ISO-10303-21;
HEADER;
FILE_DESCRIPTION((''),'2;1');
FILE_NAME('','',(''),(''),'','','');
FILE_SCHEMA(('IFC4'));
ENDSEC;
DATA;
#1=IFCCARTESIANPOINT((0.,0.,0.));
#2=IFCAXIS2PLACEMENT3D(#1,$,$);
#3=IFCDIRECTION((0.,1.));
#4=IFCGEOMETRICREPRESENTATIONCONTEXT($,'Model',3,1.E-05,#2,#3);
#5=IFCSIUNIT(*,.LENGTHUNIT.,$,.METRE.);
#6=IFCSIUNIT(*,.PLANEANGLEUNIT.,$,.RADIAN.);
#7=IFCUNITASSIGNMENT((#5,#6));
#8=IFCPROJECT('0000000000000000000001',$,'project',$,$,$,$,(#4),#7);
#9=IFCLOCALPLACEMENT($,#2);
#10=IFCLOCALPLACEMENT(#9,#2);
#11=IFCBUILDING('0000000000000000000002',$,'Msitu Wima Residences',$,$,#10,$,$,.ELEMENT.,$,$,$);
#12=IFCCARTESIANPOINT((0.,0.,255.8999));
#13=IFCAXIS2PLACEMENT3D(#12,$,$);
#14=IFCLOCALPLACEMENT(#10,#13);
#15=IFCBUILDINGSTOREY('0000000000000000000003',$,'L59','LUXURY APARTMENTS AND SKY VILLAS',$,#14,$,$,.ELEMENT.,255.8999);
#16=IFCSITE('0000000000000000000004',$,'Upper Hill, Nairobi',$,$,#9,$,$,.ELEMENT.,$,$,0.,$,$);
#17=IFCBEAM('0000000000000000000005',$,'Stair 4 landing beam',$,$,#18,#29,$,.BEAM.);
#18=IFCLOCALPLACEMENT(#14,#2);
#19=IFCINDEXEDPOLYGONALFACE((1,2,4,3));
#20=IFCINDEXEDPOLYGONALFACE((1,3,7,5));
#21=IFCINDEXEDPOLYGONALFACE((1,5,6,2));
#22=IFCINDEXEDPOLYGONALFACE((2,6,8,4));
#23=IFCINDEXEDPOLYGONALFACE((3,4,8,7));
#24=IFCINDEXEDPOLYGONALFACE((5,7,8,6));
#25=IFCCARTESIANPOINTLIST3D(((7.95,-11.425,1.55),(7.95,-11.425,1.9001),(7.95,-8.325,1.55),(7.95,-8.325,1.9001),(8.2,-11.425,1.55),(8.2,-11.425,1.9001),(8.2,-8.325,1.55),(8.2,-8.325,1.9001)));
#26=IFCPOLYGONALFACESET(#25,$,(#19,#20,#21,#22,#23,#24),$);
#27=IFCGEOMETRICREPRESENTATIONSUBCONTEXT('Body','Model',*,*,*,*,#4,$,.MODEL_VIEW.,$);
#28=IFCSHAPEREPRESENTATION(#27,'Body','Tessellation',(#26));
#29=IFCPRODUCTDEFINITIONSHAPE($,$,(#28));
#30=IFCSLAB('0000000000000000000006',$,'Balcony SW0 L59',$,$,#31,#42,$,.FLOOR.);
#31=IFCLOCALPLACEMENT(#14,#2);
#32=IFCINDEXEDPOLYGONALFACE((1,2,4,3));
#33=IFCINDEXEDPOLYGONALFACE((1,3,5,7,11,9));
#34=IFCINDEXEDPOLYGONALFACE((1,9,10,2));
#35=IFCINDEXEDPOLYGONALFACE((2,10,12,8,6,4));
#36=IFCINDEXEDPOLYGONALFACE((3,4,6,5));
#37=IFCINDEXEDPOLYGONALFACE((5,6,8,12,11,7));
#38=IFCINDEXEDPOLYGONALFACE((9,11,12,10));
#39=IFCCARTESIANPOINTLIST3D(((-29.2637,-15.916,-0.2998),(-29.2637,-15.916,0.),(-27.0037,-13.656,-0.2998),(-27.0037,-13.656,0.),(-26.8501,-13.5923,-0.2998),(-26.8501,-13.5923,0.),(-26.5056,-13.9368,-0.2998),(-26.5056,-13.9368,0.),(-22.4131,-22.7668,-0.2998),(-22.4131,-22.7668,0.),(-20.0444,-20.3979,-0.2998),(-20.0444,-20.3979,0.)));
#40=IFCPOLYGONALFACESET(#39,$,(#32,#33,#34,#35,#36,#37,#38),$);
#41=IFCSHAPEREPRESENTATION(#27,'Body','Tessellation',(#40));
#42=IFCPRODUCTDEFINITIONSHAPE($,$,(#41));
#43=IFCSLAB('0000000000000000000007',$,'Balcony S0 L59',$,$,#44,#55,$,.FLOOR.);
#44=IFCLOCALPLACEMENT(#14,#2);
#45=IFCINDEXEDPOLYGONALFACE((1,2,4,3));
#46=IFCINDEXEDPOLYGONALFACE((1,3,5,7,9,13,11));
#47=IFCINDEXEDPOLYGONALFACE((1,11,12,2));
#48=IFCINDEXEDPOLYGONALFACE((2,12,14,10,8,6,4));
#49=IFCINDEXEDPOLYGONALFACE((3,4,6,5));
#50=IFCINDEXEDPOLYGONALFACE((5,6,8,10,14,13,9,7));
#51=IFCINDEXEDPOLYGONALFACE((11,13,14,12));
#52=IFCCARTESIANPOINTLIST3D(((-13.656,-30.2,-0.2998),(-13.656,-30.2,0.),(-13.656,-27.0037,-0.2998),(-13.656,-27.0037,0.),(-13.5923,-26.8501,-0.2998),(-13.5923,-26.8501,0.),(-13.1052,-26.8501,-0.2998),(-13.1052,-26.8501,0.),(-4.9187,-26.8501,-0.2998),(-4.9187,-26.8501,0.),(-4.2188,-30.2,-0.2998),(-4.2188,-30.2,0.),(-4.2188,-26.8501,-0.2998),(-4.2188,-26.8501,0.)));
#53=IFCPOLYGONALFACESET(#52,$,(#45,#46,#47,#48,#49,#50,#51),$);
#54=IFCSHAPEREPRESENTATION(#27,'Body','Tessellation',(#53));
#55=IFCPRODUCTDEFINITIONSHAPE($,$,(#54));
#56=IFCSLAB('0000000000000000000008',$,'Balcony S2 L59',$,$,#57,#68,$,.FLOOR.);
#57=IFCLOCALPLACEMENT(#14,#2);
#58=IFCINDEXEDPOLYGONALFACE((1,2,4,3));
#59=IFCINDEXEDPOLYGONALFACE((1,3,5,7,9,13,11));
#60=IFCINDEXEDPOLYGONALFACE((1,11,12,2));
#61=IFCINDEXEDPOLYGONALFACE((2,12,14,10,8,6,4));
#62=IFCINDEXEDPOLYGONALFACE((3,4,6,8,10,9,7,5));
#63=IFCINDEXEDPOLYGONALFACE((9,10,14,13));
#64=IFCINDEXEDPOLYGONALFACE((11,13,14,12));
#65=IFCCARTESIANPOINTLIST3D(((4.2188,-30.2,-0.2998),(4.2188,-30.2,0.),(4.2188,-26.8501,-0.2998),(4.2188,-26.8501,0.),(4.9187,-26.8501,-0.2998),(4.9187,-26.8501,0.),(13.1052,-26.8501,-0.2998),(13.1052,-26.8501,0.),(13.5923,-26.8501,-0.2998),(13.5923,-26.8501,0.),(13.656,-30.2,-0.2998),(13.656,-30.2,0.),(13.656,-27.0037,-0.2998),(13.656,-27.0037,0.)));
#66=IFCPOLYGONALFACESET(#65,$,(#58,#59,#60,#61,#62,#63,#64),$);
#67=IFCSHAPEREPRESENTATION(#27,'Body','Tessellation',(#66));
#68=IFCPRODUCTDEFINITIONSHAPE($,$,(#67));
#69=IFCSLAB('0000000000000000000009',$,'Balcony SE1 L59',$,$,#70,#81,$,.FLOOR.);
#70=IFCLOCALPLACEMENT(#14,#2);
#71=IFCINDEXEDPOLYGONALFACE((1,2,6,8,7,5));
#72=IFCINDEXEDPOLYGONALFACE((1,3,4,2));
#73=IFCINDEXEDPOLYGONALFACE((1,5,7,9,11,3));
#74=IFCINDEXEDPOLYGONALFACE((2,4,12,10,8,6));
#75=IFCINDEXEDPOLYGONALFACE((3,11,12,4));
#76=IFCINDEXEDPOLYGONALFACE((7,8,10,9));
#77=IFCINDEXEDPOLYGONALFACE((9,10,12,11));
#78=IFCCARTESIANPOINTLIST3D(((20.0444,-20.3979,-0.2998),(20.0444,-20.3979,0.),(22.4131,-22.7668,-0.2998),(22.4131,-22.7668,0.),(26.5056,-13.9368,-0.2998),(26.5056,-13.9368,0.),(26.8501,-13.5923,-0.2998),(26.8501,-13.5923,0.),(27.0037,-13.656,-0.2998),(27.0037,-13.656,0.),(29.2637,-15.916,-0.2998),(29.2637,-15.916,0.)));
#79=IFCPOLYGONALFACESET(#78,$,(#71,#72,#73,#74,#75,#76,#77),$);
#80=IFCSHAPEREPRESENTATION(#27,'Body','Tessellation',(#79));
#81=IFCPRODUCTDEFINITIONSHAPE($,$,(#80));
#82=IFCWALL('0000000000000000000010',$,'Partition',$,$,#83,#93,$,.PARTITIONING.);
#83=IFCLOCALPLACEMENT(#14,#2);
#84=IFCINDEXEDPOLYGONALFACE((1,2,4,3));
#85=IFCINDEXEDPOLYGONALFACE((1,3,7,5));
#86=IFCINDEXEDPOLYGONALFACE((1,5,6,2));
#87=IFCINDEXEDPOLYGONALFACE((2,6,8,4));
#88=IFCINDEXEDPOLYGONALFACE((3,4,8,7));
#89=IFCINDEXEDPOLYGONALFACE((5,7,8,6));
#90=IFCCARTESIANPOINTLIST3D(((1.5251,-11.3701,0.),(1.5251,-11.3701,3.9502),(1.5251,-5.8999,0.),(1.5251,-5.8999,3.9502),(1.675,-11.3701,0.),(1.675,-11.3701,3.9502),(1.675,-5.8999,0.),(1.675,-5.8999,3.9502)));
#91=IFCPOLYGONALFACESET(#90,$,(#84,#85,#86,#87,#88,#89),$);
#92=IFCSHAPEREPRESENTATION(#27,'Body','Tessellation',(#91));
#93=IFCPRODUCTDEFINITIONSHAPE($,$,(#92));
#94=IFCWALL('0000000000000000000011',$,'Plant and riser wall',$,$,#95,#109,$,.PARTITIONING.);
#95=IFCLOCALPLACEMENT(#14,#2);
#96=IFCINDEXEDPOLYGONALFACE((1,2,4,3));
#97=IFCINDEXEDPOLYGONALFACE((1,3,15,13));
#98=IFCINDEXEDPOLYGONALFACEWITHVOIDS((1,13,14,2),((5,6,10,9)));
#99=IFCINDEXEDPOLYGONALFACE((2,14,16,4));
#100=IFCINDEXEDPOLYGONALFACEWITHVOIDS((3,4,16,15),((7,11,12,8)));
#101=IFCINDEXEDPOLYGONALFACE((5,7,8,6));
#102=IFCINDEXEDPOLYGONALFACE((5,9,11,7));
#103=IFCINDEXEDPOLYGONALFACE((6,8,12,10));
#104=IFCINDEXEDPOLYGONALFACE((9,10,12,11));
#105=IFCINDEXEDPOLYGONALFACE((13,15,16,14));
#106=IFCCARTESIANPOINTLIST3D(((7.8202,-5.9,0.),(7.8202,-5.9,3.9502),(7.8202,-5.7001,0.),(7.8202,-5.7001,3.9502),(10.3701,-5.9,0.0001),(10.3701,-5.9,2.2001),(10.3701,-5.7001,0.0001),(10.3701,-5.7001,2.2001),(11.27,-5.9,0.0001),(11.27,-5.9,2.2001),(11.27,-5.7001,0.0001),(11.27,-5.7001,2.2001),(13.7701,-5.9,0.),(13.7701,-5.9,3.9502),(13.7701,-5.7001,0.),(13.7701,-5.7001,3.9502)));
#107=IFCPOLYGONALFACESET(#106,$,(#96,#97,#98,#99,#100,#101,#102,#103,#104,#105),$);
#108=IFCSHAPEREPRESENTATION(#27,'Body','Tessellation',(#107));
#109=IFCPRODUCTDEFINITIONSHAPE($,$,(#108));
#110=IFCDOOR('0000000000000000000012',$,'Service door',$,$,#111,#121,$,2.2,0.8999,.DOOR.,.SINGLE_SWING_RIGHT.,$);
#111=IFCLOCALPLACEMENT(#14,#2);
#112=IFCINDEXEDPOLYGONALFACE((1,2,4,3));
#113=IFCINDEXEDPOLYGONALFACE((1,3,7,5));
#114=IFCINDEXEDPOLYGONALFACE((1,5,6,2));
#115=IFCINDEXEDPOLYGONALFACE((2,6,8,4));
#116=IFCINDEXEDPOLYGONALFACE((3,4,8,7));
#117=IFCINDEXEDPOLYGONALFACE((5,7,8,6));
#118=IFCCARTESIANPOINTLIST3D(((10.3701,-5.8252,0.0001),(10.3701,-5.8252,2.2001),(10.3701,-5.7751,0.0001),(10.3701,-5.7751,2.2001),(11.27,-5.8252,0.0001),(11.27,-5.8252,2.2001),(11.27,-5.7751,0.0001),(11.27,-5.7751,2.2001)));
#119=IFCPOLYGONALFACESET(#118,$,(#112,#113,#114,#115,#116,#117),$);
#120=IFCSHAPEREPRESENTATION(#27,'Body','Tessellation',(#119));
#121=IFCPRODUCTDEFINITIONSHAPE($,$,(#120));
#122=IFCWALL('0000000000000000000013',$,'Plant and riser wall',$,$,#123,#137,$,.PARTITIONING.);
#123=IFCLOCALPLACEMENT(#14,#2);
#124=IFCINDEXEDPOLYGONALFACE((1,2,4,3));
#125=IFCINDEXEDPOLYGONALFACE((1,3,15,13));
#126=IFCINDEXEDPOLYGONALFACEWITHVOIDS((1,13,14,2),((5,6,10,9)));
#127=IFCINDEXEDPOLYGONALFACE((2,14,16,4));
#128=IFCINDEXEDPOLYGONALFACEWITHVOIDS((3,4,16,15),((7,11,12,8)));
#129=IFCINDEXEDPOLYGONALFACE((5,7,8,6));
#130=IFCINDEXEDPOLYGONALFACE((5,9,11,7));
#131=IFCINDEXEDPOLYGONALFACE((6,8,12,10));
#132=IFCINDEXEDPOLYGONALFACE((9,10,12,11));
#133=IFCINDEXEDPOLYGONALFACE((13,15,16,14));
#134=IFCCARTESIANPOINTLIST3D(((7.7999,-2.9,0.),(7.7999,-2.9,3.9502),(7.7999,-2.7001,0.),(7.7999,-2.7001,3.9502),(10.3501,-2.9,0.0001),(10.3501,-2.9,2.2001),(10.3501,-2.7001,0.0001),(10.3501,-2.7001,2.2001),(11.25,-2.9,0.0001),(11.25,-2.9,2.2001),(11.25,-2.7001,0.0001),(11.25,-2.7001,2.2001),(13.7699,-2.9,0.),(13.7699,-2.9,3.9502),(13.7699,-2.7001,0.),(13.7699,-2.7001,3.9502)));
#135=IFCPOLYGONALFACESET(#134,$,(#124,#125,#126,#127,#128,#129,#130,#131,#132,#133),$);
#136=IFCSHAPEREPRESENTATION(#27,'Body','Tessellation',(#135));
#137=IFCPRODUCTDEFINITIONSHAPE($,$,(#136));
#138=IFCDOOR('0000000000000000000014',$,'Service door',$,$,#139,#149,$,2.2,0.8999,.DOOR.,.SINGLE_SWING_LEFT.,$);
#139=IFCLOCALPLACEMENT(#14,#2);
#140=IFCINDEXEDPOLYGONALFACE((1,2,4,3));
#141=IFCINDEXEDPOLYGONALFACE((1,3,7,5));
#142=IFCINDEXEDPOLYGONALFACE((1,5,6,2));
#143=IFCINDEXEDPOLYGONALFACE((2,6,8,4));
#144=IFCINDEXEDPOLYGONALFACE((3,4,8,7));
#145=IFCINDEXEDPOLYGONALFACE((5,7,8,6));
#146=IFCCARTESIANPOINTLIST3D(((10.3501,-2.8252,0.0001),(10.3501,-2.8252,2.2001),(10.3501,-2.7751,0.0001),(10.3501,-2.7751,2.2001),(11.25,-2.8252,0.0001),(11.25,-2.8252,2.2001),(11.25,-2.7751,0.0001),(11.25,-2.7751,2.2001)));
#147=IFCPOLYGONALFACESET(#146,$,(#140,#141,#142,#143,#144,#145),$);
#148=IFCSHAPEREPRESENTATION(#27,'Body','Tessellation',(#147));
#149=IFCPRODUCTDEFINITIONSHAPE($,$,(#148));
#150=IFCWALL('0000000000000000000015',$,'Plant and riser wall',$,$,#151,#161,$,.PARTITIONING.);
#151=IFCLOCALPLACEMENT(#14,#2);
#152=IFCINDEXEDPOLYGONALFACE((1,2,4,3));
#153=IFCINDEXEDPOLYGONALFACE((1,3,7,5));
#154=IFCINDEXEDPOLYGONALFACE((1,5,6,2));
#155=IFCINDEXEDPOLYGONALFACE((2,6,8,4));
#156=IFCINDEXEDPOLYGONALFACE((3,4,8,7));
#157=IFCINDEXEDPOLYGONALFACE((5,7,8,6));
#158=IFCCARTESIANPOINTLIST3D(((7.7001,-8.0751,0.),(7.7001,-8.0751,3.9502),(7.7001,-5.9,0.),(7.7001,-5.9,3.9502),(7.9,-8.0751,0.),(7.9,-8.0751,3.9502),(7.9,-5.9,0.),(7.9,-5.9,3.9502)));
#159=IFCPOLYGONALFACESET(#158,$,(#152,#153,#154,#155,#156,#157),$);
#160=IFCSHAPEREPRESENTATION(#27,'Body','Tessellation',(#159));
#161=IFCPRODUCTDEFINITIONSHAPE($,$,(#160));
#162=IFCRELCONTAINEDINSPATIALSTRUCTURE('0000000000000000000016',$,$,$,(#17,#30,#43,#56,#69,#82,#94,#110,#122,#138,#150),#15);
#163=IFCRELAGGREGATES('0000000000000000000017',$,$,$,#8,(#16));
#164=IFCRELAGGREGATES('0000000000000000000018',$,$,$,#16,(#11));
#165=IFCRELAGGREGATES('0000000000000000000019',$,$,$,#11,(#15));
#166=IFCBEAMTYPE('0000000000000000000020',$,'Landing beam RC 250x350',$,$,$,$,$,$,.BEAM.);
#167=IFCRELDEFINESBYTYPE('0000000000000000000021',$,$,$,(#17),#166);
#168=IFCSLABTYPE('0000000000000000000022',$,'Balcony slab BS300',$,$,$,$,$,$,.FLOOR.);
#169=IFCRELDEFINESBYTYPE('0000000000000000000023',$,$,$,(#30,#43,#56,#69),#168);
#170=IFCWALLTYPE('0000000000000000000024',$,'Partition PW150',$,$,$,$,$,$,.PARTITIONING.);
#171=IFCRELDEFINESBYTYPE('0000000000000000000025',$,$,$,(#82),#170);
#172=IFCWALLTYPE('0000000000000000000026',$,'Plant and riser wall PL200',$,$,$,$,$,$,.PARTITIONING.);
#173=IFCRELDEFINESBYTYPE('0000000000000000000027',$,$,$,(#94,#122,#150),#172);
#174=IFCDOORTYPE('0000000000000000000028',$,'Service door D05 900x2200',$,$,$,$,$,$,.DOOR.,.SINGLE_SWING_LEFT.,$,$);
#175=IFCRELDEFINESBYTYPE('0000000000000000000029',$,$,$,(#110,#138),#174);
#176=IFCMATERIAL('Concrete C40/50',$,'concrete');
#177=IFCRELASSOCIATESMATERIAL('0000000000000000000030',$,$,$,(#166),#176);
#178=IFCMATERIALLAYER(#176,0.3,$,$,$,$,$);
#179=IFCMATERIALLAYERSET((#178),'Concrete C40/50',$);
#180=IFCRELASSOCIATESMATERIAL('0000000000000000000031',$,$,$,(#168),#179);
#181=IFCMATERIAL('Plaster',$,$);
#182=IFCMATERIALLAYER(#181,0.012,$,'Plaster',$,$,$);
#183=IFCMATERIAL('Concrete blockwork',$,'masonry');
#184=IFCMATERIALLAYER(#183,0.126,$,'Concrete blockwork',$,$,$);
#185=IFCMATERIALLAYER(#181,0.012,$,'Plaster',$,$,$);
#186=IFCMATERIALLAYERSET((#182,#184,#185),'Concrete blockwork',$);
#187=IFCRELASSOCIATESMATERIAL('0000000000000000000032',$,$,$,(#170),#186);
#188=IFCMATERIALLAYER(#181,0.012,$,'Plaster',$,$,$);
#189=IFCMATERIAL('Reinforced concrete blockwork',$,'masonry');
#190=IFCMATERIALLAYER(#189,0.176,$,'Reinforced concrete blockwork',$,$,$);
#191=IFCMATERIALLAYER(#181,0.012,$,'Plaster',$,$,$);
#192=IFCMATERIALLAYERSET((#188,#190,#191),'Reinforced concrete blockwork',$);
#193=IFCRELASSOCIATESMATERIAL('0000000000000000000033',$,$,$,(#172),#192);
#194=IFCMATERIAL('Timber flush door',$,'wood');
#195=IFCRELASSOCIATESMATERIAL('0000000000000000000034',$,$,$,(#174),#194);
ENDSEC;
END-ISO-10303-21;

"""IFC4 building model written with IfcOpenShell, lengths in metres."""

from ifc_helpers import new_model, si_unit, direction, frame, frame_2d, origin, origin_2d, place, context, subcontext, project, spatial, polyline, rectangle, outline, extrude, material, layer, layer_set, material_profile, profile_set, type_object, element, fill, save


model = new_model("IFC4")

# Units and contexts
model_context = context("Model", 3, precision=1e-05, world=origin(), true_north=direction((0.0, 1.0)))
body_context = subcontext(model_context, "Body", "Model", "MODEL_VIEW")
ifc_project = project(units=[si_unit("LENGTHUNIT", "METRE"), si_unit("PLANEANGLEUNIT", "RADIAN")], contexts=[model_context])

# Site, building, storey
site_placement = place(None, origin())
site = spatial("IfcSite", under=ifc_project, at=site_placement, Name="Upper Hill, Nairobi", CompositionType="ELEMENT", RefElevation=0.0)
building_placement = place(site_placement, origin())
building = spatial("IfcBuilding", under=site, at=building_placement, Name="Msitu Wima Residences", CompositionType="ELEMENT")
storey_placement = place(building_placement, frame((0.0, 0.0, 255.8999)))
storey = spatial("IfcBuildingStorey", under=building, at=storey_placement, Name="L59", Description="LUXURY APARTMENTS AND SKY VILLAS", CompositionType="ELEMENT", Elevation=255.8999)

# Beam
ifc_material_1 = material(Name="Concrete C40/50", Category="concrete")
ifc_material_profile = material_profile(ifc_material_1, rectangle(XDim=0.25, YDim=0.3501, at=origin_2d()), Name="RC 250x350")
ifc_profile_set = profile_set([ifc_material_profile], Name="Concrete C40/50")
beam_type = type_object("IfcBeamType", Name="Landing beam RC 250x350", PredefinedType="BEAM", material=ifc_profile_set)
beam_placement = place(storey_placement, frame((8.075, -11.425, 1.7251), z_axis=(0.0, 1.0, 0.0), x_axis=(-1.0, 0.0, 0.0)))
element("IfcBeam", 1, at=beam_placement, inside=storey, type_object=beam_type, Name="Stair 4 landing beam", PredefinedType="BEAM", context=body_context, shape_type="SweptSolid", body=[
    extrude(rectangle(XDim=0.25, YDim=0.3501, at=origin_2d()), origin(), (0.0, 0.0, 1.0), 3.1001),
])

# Slabs
ifc_layer_1 = layer(ifc_material_1, 0.3)
ifc_layer_set_1 = layer_set([ifc_layer_1], Name="Concrete C40/50")
slab_type = type_object("IfcSlabType", Name="Balcony slab BS300", PredefinedType="FLOOR", material=ifc_layer_set_1)
slab_1_placement = place(storey_placement, frame((0.0, 0.0, -0.2998)))
element("IfcSlab", 2, at=slab_1_placement, inside=storey, type_object=slab_type, Name="Balcony SW0 L59", PredefinedType="FLOOR", context=body_context, shape_type="SweptSolid", body=[
    extrude(outline(polyline([(-26.5056, -13.9368), (-26.5056, -13.9368), (-20.0444, -20.3979), (-22.4131, -22.7668), (-29.2637, -15.916), (-27.0037, -13.656), (-26.8501, -13.5923), (-26.5056, -13.9368), (-26.5056, -13.9368)])), origin(), (0.0, 0.0, 1.0), 0.2998),
])
slab_2_placement = place(storey_placement, frame((0.0, 0.0, -0.2998)))
element("IfcSlab", 3, at=slab_2_placement, inside=storey, type_object=slab_type, Name="Balcony S0 L59", PredefinedType="FLOOR", context=body_context, shape_type="SweptSolid", body=[
    extrude(outline(polyline([(-13.1052, -26.8501), (-13.1052, -26.8501), (-4.9187, -26.8501), (-4.2188, -26.8501), (-4.2188, -30.2), (-13.656, -30.2), (-13.656, -27.0037), (-13.5923, -26.8501), (-13.1052, -26.8501), (-13.1052, -26.8501)])), origin(), (0.0, 0.0, 1.0), 0.2998),
])
slab_3_placement = place(storey_placement, frame((0.0, 0.0, -0.2998)))
element("IfcSlab", 4, at=slab_3_placement, inside=storey, type_object=slab_type, Name="Balcony S2 L59", PredefinedType="FLOOR", context=body_context, shape_type="SweptSolid", body=[
    extrude(outline(polyline([(13.1052, -26.8501), (13.1052, -26.8501), (13.1052, -26.8501), (13.5923, -26.8501), (13.656, -27.0037), (13.656, -30.2), (4.2188, -30.2), (4.2188, -26.8501), (4.9187, -26.8501), (13.1052, -26.8501)])), origin(), (0.0, 0.0, 1.0), 0.2998),
])
slab_4_placement = place(storey_placement, frame((0.0, 0.0, -0.2998)))
element("IfcSlab", 5, at=slab_4_placement, inside=storey, type_object=slab_type, Name="Balcony SE1 L59", PredefinedType="FLOOR", context=body_context, shape_type="SweptSolid", body=[
    extrude(outline(polyline([(26.5056, -13.9368), (26.5056, -13.9368), (26.8501, -13.5923), (27.0037, -13.656), (29.2637, -15.916), (22.4131, -22.7668), (20.0444, -20.3979), (26.5056, -13.9368), (26.5056, -13.9368)])), origin(), (0.0, 0.0, 1.0), 0.2998),
])

# Wall
ifc_material_2 = material(Name="Plaster")
ifc_layer_2 = layer(ifc_material_2, 0.012, Name="Plaster")
ifc_material_3 = material(Name="Concrete blockwork", Category="masonry")
ifc_layer_3 = layer(ifc_material_3, 0.126, Name="Concrete blockwork")
ifc_layer_4 = layer(ifc_material_2, 0.012, Name="Plaster")
ifc_layer_set_2 = layer_set([ifc_layer_2, ifc_layer_3, ifc_layer_4], Name="Concrete blockwork")
wall_type_1 = type_object("IfcWallType", Name="Partition PW150", PredefinedType="PARTITIONING", material=ifc_layer_set_2)
wall_1_placement = place(storey_placement, frame((1.6001, -11.3701, 0.0), z_axis=(0.0, 0.0, 1.0), x_axis=(0.0, 1.0, 0.0)))
element("IfcWall", 6, at=wall_1_placement, inside=storey, type_object=wall_type_1, Name="Partition", PredefinedType="PARTITIONING", context=body_context, shape_type="SweptSolid", body=[
    extrude(rectangle(XDim=5.4702, YDim=0.1499, at=frame_2d((2.7351, 0.0))), origin(), (0.0, 0.0, 1.0), 3.9502),
])

# Walls, openings, doors
ifc_layer_5 = layer(ifc_material_2, 0.012, Name="Plaster")
ifc_material_4 = material(Name="Reinforced concrete blockwork", Category="masonry")
ifc_layer_6 = layer(ifc_material_4, 0.176, Name="Reinforced concrete blockwork")
ifc_layer_7 = layer(ifc_material_2, 0.012, Name="Plaster")
ifc_layer_set_3 = layer_set([ifc_layer_5, ifc_layer_6, ifc_layer_7], Name="Reinforced concrete blockwork")
wall_type_2 = type_object("IfcWallType", Name="Plant and riser wall PL200", PredefinedType="PARTITIONING", material=ifc_layer_set_3)
wall_2_placement = place(storey_placement, frame((7.8201, -5.8, 0.0), z_axis=(0.0, 0.0, 1.0), x_axis=(1.0, 0.0, 0.0)))
wall_2 = element("IfcWall", 7, at=wall_2_placement, inside=storey, type_object=wall_type_2, Name="Plant and riser wall", PredefinedType="PARTITIONING", context=body_context, shape_type="SweptSolid", body=[
    extrude(rectangle(XDim=5.95, YDim=0.2, at=frame_2d((2.9751, 0.0))), origin(), (0.0, 0.0, 1.0), 3.9502),
])
opening_1_placement = place(wall_2_placement, frame((2.55, 0.0, 0.0)))
opening_1 = element("IfcOpeningElement", 8, at=opening_1_placement, cuts=wall_2, PredefinedType="OPENING", context=body_context, shape_type="SweptSolid", body=[
    extrude(rectangle(XDim=0.8999, YDim=2.2, at=frame_2d((0.45, 1.1001))), frame((0.0, 0.1099, 0.0), z_axis=(0.0, -1.0, 0.0), x_axis=(1.0, 0.0, 0.0)), (0.0, 0.0, 1.0), 0.22),
])
ifc_material_5 = material(Name="Timber flush door", Category="wood")
door_type = type_object("IfcDoorType", Name="Service door D05 900x2200", OperationType="SINGLE_SWING_LEFT", PredefinedType="DOOR", material=ifc_material_5)
door_1_placement = place(opening_1_placement, origin())
door_1 = element("IfcDoor", 9, at=door_1_placement, inside=storey, type_object=door_type, Name="Service door", OperationType="SINGLE_SWING_RIGHT", OverallHeight=2.2, OverallWidth=0.8999, PredefinedType="DOOR", context=body_context, shape_type="SweptSolid", body=[
    extrude(rectangle(XDim=0.8999, YDim=2.2, at=frame_2d((0.45, 1.1001))), frame((0.0, 0.0249, 0.0), z_axis=(0.0, -1.0, 0.0), x_axis=(1.0, 0.0, 0.0)), (0.0, 0.0, 1.0), 0.05),
])
fill(opening_1, door_1)
wall_3_placement = place(storey_placement, frame((7.8, -2.8, 0.0), z_axis=(0.0, 0.0, 1.0), x_axis=(1.0, 0.0, 0.0)))
wall_3 = element("IfcWall", 10, at=wall_3_placement, inside=storey, type_object=wall_type_2, Name="Plant and riser wall", PredefinedType="PARTITIONING", context=body_context, shape_type="SweptSolid", body=[
    extrude(rectangle(XDim=5.97, YDim=0.2, at=frame_2d((2.9849, 0.0))), origin(), (0.0, 0.0, 1.0), 3.9502),
])
opening_2_placement = place(wall_3_placement, frame((2.55, 0.0, 0.0)))
opening_2 = element("IfcOpeningElement", 11, at=opening_2_placement, cuts=wall_3, PredefinedType="OPENING", context=body_context, shape_type="SweptSolid", body=[
    extrude(rectangle(XDim=0.8999, YDim=2.2, at=frame_2d((0.45, 1.1001))), frame((0.0, 0.1099, 0.0), z_axis=(0.0, -1.0, 0.0), x_axis=(1.0, 0.0, 0.0)), (0.0, 0.0, 1.0), 0.22),
])
door_2_placement = place(opening_2_placement, origin())
door_2 = element("IfcDoor", 12, at=door_2_placement, inside=storey, type_object=door_type, Name="Service door", OperationType="SINGLE_SWING_LEFT", OverallHeight=2.2, OverallWidth=0.8999, PredefinedType="DOOR", context=body_context, shape_type="SweptSolid", body=[
    extrude(rectangle(XDim=0.8999, YDim=2.2, at=frame_2d((0.45, 1.1001))), frame((0.0, 0.0249, 0.0), z_axis=(0.0, -1.0, 0.0), x_axis=(1.0, 0.0, 0.0)), (0.0, 0.0, 1.0), 0.05),
])
fill(opening_2, door_2)

# Wall
wall_4_placement = place(storey_placement, frame((7.8, -8.075, 0.0), z_axis=(0.0, 0.0, 1.0), x_axis=(0.0, 1.0, 0.0)))
element("IfcWall", 13, at=wall_4_placement, inside=storey, type_object=wall_type_2, Name="Plant and riser wall", PredefinedType="PARTITIONING", context=body_context, shape_type="SweptSolid", body=[
    extrude(rectangle(XDim=2.175, YDim=0.2, at=frame_2d((1.0874, 0.0))), origin(), (0.0, 0.0, 1.0), 3.9502),
])

save(model, "model.ifc")
